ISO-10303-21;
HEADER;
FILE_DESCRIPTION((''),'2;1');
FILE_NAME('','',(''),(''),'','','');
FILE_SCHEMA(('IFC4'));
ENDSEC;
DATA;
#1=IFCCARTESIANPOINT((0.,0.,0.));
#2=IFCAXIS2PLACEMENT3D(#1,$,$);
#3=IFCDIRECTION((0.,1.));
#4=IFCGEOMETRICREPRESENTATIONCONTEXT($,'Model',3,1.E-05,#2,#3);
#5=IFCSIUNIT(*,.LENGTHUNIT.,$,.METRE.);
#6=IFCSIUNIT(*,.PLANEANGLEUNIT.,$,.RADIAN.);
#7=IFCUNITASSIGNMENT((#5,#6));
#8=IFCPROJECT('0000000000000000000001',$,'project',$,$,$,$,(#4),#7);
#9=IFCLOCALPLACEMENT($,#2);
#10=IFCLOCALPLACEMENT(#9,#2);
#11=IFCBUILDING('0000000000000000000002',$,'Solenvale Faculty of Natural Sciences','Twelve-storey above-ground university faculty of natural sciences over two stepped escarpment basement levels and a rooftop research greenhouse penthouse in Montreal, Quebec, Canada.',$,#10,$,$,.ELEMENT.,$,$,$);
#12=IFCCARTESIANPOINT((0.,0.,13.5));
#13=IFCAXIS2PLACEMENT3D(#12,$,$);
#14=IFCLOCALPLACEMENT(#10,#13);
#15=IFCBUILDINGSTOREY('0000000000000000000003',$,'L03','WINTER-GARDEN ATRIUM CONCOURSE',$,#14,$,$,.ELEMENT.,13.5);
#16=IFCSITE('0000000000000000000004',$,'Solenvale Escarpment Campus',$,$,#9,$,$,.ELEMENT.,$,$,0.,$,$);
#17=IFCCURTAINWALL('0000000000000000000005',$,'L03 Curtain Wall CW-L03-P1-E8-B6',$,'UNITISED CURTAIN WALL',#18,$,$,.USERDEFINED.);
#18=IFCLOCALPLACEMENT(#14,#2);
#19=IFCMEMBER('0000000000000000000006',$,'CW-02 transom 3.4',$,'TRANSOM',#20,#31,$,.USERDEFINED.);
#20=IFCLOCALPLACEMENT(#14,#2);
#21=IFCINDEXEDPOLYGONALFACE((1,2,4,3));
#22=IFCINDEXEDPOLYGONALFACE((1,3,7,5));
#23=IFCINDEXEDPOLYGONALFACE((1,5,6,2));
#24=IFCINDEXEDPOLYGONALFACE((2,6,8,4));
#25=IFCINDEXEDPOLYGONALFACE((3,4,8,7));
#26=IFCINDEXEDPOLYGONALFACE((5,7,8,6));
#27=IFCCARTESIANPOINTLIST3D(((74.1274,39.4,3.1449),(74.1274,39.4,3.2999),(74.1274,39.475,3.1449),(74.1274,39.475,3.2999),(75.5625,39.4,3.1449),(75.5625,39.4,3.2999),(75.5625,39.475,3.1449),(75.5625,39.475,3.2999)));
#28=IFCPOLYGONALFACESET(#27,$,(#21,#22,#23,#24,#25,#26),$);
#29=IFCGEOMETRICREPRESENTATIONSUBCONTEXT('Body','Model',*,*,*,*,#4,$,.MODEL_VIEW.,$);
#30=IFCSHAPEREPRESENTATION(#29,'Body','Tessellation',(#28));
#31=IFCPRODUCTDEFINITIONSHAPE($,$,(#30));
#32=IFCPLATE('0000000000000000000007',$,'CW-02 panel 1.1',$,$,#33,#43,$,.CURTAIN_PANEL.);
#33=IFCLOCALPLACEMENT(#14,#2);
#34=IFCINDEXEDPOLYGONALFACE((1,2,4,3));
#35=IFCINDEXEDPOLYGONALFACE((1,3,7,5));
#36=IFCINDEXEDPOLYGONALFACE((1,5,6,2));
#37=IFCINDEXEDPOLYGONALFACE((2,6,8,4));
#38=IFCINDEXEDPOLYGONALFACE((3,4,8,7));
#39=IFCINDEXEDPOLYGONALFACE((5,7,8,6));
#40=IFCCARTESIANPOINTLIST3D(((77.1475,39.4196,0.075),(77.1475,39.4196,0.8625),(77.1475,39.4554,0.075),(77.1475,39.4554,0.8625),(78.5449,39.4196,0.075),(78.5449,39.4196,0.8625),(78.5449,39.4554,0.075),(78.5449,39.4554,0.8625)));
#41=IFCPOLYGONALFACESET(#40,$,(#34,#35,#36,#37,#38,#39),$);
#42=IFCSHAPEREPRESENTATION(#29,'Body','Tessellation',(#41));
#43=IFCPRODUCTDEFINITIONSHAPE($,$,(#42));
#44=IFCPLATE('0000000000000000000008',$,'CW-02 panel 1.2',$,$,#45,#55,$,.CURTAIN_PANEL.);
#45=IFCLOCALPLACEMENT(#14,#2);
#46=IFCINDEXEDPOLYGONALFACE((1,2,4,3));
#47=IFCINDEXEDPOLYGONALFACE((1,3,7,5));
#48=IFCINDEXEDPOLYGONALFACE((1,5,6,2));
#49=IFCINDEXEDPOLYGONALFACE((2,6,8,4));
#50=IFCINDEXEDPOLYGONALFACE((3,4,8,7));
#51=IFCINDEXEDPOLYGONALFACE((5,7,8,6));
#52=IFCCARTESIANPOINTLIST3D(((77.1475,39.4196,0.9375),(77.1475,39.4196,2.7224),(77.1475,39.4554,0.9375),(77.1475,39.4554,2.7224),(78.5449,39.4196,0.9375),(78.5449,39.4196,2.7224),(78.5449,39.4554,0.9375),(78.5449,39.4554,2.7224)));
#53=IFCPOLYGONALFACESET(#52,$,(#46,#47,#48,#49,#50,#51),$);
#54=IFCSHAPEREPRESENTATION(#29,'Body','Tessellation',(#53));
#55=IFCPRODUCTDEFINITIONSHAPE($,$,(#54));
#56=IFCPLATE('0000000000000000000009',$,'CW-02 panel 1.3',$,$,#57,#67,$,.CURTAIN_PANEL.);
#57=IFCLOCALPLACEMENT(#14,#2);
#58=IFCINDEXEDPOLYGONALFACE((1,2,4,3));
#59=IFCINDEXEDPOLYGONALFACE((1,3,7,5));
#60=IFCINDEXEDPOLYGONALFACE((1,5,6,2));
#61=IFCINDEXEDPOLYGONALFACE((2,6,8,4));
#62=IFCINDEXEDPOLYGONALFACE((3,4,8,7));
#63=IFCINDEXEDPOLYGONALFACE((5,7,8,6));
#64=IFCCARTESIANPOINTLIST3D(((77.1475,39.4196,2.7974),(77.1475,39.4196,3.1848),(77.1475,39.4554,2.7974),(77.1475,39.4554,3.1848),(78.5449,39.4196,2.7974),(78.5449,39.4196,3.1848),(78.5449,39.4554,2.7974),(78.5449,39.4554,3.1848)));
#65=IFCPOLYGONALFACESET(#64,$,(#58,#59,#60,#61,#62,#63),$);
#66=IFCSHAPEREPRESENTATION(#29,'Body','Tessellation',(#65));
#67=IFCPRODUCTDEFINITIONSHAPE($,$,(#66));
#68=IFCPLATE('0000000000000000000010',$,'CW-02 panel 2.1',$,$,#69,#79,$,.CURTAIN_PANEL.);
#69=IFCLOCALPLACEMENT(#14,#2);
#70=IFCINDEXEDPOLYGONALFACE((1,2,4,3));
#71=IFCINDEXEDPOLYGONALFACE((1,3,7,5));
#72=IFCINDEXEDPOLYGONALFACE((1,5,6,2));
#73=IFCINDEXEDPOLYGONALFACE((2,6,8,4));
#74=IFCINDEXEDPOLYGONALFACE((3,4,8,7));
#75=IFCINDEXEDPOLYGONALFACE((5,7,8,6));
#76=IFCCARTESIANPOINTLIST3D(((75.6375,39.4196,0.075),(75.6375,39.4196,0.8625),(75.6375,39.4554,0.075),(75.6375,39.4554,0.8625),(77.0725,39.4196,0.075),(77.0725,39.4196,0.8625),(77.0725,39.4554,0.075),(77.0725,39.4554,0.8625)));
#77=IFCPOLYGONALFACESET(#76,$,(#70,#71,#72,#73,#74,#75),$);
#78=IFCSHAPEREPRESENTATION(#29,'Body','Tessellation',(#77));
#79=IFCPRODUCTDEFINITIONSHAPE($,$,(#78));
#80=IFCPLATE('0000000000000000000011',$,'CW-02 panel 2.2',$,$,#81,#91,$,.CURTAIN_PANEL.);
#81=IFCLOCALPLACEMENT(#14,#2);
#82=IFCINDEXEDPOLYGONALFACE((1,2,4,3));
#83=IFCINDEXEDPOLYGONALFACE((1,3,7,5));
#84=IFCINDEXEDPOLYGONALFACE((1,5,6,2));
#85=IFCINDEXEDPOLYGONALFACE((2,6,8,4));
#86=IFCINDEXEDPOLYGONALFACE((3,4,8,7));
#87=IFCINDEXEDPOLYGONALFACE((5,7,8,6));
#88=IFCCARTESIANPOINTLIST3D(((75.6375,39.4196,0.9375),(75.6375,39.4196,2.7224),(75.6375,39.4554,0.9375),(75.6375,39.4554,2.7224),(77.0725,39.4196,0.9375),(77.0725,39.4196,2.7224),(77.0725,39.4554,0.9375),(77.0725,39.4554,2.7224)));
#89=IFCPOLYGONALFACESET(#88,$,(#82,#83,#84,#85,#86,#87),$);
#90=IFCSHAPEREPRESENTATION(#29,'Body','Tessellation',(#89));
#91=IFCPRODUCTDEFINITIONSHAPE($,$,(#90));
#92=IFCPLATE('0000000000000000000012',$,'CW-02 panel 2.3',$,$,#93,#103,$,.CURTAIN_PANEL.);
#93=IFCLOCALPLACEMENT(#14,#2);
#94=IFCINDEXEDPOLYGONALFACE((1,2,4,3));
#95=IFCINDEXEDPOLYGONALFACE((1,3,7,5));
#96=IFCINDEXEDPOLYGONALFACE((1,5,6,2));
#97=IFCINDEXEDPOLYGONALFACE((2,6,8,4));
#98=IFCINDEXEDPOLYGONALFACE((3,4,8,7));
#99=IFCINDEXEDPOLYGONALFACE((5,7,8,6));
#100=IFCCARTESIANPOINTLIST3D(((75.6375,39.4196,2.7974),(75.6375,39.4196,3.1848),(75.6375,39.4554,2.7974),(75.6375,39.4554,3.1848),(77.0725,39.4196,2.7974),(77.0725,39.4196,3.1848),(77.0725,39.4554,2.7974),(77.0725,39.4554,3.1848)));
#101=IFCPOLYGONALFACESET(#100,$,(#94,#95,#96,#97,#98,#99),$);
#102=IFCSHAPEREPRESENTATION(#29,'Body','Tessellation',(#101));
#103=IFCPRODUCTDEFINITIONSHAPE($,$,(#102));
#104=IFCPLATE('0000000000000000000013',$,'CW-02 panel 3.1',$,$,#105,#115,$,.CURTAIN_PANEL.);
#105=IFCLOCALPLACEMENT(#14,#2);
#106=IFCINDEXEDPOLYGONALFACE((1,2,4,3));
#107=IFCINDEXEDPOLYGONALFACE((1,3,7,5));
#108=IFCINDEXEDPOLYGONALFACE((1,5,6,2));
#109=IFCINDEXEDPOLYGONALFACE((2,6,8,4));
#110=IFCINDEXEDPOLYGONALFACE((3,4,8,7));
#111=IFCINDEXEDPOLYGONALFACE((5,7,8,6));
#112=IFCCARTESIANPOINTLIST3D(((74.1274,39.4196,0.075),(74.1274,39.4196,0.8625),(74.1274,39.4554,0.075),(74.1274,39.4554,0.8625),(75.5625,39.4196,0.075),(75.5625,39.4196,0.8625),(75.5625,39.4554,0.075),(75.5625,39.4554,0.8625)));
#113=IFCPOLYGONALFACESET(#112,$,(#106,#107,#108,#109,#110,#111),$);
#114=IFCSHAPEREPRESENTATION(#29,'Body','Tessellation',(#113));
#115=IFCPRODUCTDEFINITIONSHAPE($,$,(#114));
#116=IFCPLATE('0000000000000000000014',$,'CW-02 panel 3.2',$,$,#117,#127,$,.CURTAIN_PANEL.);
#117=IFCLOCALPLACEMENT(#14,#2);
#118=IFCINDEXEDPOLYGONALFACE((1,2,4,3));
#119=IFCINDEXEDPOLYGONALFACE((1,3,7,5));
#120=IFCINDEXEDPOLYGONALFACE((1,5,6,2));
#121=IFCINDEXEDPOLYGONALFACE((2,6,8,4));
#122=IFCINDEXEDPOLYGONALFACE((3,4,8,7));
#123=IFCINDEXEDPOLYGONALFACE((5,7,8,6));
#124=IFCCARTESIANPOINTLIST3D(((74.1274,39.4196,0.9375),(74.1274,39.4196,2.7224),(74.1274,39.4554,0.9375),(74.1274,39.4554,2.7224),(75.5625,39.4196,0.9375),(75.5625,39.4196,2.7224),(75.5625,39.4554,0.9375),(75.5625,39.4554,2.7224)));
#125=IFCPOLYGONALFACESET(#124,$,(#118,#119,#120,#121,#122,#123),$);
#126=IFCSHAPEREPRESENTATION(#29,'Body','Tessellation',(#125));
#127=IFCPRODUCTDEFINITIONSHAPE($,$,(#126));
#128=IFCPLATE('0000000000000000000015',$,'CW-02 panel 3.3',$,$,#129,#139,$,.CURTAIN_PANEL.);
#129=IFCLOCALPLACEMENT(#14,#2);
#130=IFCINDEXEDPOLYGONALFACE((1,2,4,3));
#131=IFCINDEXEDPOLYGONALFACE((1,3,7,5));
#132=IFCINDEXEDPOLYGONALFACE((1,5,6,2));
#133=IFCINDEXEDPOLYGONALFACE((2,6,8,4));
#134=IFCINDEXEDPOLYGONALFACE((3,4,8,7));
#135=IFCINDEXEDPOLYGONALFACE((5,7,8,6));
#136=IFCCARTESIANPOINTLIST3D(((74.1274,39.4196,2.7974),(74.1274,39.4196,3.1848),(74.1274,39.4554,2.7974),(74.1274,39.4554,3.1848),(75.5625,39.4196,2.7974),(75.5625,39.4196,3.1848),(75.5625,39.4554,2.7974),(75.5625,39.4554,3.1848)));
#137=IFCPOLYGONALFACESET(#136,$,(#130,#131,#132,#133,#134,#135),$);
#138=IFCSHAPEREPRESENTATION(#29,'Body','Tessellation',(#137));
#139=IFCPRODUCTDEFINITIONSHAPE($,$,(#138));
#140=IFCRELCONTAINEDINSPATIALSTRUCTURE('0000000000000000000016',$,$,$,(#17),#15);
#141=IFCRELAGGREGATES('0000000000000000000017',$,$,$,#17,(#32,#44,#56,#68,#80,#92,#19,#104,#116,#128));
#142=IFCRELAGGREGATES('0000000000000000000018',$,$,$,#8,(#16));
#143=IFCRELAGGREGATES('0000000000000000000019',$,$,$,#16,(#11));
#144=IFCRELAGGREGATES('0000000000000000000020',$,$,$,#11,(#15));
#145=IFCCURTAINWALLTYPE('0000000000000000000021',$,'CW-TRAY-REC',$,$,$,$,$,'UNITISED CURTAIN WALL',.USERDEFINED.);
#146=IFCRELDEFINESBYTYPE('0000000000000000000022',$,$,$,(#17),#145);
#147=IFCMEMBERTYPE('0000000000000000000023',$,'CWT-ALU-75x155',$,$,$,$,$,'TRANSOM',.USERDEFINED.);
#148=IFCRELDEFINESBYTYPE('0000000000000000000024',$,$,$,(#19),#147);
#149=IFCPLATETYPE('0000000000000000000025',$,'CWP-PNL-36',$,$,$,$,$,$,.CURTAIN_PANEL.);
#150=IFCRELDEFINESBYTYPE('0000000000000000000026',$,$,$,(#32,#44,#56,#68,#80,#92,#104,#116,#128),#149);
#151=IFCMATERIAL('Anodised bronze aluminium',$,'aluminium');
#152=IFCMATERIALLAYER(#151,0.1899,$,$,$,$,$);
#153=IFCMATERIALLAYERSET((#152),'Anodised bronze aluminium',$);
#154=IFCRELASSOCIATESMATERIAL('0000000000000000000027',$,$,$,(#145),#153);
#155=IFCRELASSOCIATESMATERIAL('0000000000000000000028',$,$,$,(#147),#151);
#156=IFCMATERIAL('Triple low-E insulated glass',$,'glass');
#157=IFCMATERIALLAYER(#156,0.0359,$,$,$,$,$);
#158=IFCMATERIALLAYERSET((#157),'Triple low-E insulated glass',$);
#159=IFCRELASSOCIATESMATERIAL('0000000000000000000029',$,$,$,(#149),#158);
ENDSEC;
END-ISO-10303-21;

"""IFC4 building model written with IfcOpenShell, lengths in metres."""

from ifc_helpers import new_model, si_unit, direction, frame, origin, origin_2d, place, context, subcontext, project, spatial, rectangle, extrude, material, layer, layer_set, material_profile, profile_set, type_object, element, aggregate, save


model = new_model("IFC4")

# Units and contexts
model_context = context("Model", 3, precision=1e-05, world=origin(), true_north=direction((0.0, 1.0)))
body_context = subcontext(model_context, "Body", "Model", "MODEL_VIEW")
ifc_project = project(units=[si_unit("LENGTHUNIT", "METRE"), si_unit("PLANEANGLEUNIT", "RADIAN")], contexts=[model_context])

# Site, building, storey
site_placement = place(None, origin())
site = spatial("IfcSite", under=ifc_project, at=site_placement, Name="Solenvale Escarpment Campus", CompositionType="ELEMENT", RefElevation=0.0)
building_placement = place(site_placement, origin())
building = spatial("IfcBuilding", under=site, at=building_placement, Name="Solenvale Faculty of Natural Sciences", Description="Twelve-storey above-ground university faculty of natural sciences over two stepped escarpment basement levels and a rooftop research greenhouse penthouse in Montreal, Quebec, Canada.", CompositionType="ELEMENT")
storey_placement = place(building_placement, frame((0.0, 0.0, 13.5)))
storey = spatial("IfcBuildingStorey", under=building, at=storey_placement, Name="L03", Description="WINTER-GARDEN ATRIUM CONCOURSE", CompositionType="ELEMENT", Elevation=13.5)

# Curtain wall, member, plates
ifc_material_1 = material(Name="Anodised bronze aluminium", Category="aluminium")
ifc_layer_1 = layer(ifc_material_1, 0.1899)
ifc_layer_set_1 = layer_set([ifc_layer_1], Name="Anodised bronze aluminium")
curtain_wall_type = type_object("IfcCurtainWallType", Name="CW-TRAY-REC", ElementType="UNITISED CURTAIN WALL", PredefinedType="USERDEFINED", material=ifc_layer_set_1)
curtain_wall_placement = place(storey_placement, origin())
curtain_wall = element("IfcCurtainWall", 1, at=curtain_wall_placement, inside=storey, type_object=curtain_wall_type, Name="L03 Curtain Wall CW-L03-P1-E8-B6", ObjectType="UNITISED CURTAIN WALL", PredefinedType="USERDEFINED")
ifc_material_profile_1 = material_profile(ifc_material_1, rectangle(XDim=0.075, YDim=0.155, at=origin_2d()), Name="ALU-TRN-75x155")
ifc_profile_set_1 = profile_set([ifc_material_profile_1], Name="Anodised bronze aluminium")
member_type_1 = type_object("IfcMemberType", Name="CWT-ALU-75x155", ElementType="TRANSOM", PredefinedType="USERDEFINED", material=ifc_profile_set_1)
member_1_placement = place(storey_placement, frame((75.5625, 39.4375, 3.2224), z_axis=(-1.0, 0.0, 0.0), x_axis=(0.0, -1.0, 0.0)))
member_1 = element("IfcMember", 2, at=member_1_placement, type_object=member_type_1, Name="CW-02 transom 3.4", ObjectType="TRANSOM", PredefinedType="USERDEFINED", context=body_context, shape_type="SweptSolid", body=[
    extrude(rectangle(XDim=0.075, YDim=0.155, at=origin_2d()), origin(), (0.0, 0.0, 1.0), 1.4351),
])
ifc_material_2 = material(Name="Triple low-E insulated glass", Category="glass")
ifc_layer_2 = layer(ifc_material_2, 0.0359)
ifc_layer_set_2 = layer_set([ifc_layer_2], Name="Triple low-E insulated glass")
plate_type = type_object("IfcPlateType", Name="CWP-PNL-36", PredefinedType="CURTAIN_PANEL", material=ifc_layer_set_2)
plate_1_placement = place(storey_placement, frame((77.8462, 39.4375, 0.075), z_axis=(0.0, 0.0, 1.0), x_axis=(-1.0, 0.0, 0.0)))
plate_1 = element("IfcPlate", 3, at=plate_1_placement, type_object=plate_type, Name="CW-02 panel 1.1", PredefinedType="CURTAIN_PANEL", context=body_context, shape_type="SweptSolid", body=[
    extrude(rectangle(XDim=1.3975, YDim=0.0359, at=origin_2d()), origin(), (0.0, 0.0, 1.0), 0.7876),
])
plate_2_placement = place(storey_placement, frame((77.8462, 39.4375, 0.9375), z_axis=(0.0, 0.0, 1.0), x_axis=(-1.0, 0.0, 0.0)))
plate_2 = element("IfcPlate", 4, at=plate_2_placement, type_object=plate_type, Name="CW-02 panel 1.2", PredefinedType="CURTAIN_PANEL", context=body_context, shape_type="SweptSolid", body=[
    extrude(rectangle(XDim=1.3975, YDim=0.0359, at=origin_2d()), origin(), (0.0, 0.0, 1.0), 1.7849),
])
plate_3_placement = place(storey_placement, frame((77.8462, 39.4375, 2.7974), z_axis=(0.0, 0.0, 1.0), x_axis=(-1.0, 0.0, 0.0)))
plate_3 = element("IfcPlate", 5, at=plate_3_placement, type_object=plate_type, Name="CW-02 panel 1.3", PredefinedType="CURTAIN_PANEL", context=body_context, shape_type="SweptSolid", body=[
    extrude(rectangle(XDim=1.3975, YDim=0.0359, at=origin_2d()), origin(), (0.0, 0.0, 1.0), 0.3875),
])
plate_4_placement = place(storey_placement, frame((76.355, 39.4375, 0.075), z_axis=(0.0, 0.0, 1.0), x_axis=(-1.0, 0.0, 0.0)))
plate_4 = element("IfcPlate", 6, at=plate_4_placement, type_object=plate_type, Name="CW-02 panel 2.1", PredefinedType="CURTAIN_PANEL", context=body_context, shape_type="SweptSolid", body=[
    extrude(rectangle(XDim=1.4351, YDim=0.0359, at=origin_2d()), origin(), (0.0, 0.0, 1.0), 0.7876),
])
plate_5_placement = place(storey_placement, frame((76.355, 39.4375, 0.9375), z_axis=(0.0, 0.0, 1.0), x_axis=(-1.0, 0.0, 0.0)))
plate_5 = element("IfcPlate", 7, at=plate_5_placement, type_object=plate_type, Name="CW-02 panel 2.2", PredefinedType="CURTAIN_PANEL", context=body_context, shape_type="SweptSolid", body=[
    extrude(rectangle(XDim=1.4351, YDim=0.0359, at=origin_2d()), origin(), (0.0, 0.0, 1.0), 1.7849),
])
plate_6_placement = place(storey_placement, frame((76.355, 39.4375, 2.7974), z_axis=(0.0, 0.0, 1.0), x_axis=(-1.0, 0.0, 0.0)))
plate_6 = element("IfcPlate", 8, at=plate_6_placement, type_object=plate_type, Name="CW-02 panel 2.3", PredefinedType="CURTAIN_PANEL", context=body_context, shape_type="SweptSolid", body=[
    extrude(rectangle(XDim=1.4351, YDim=0.0359, at=origin_2d()), origin(), (0.0, 0.0, 1.0), 0.3875),
])
plate_7_placement = place(storey_placement, frame((74.845, 39.4375, 0.075), z_axis=(0.0, 0.0, 1.0), x_axis=(-1.0, 0.0, 0.0)))
plate_7 = element("IfcPlate", 9, at=plate_7_placement, type_object=plate_type, Name="CW-02 panel 3.1", PredefinedType="CURTAIN_PANEL", context=body_context, shape_type="SweptSolid", body=[
    extrude(rectangle(XDim=1.4351, YDim=0.0359, at=origin_2d()), origin(), (0.0, 0.0, 1.0), 0.7876),
])
plate_8_placement = place(storey_placement, frame((74.845, 39.4375, 0.9375), z_axis=(0.0, 0.0, 1.0), x_axis=(-1.0, 0.0, 0.0)))
plate_8 = element("IfcPlate", 10, at=plate_8_placement, type_object=plate_type, Name="CW-02 panel 3.2", PredefinedType="CURTAIN_PANEL", context=body_context, shape_type="SweptSolid", body=[
    extrude(rectangle(XDim=1.4351, YDim=0.0359, at=origin_2d()), origin(), (0.0, 0.0, 1.0), 1.7849),
])
plate_9_placement = place(storey_placement, frame((74.845, 39.4375, 2.7974), z_axis=(0.0, 0.0, 1.0), x_axis=(-1.0, 0.0, 0.0)))
plate_9 = element("IfcPlate", 11, at=plate_9_placement, type_object=plate_type, Name="CW-02 panel 3.3", PredefinedType="CURTAIN_PANEL", context=body_context, shape_type="SweptSolid", body=[
    extrude(rectangle(XDim=1.4351, YDim=0.0359, at=origin_2d()), origin(), (0.0, 0.0, 1.0), 0.3875),
])
aggregate(curtain_wall, [plate_1, plate_2, plate_3, plate_4, plate_5, plate_6, member_1, plate_7, plate_8, plate_9])

save(model, "model.ifc")
